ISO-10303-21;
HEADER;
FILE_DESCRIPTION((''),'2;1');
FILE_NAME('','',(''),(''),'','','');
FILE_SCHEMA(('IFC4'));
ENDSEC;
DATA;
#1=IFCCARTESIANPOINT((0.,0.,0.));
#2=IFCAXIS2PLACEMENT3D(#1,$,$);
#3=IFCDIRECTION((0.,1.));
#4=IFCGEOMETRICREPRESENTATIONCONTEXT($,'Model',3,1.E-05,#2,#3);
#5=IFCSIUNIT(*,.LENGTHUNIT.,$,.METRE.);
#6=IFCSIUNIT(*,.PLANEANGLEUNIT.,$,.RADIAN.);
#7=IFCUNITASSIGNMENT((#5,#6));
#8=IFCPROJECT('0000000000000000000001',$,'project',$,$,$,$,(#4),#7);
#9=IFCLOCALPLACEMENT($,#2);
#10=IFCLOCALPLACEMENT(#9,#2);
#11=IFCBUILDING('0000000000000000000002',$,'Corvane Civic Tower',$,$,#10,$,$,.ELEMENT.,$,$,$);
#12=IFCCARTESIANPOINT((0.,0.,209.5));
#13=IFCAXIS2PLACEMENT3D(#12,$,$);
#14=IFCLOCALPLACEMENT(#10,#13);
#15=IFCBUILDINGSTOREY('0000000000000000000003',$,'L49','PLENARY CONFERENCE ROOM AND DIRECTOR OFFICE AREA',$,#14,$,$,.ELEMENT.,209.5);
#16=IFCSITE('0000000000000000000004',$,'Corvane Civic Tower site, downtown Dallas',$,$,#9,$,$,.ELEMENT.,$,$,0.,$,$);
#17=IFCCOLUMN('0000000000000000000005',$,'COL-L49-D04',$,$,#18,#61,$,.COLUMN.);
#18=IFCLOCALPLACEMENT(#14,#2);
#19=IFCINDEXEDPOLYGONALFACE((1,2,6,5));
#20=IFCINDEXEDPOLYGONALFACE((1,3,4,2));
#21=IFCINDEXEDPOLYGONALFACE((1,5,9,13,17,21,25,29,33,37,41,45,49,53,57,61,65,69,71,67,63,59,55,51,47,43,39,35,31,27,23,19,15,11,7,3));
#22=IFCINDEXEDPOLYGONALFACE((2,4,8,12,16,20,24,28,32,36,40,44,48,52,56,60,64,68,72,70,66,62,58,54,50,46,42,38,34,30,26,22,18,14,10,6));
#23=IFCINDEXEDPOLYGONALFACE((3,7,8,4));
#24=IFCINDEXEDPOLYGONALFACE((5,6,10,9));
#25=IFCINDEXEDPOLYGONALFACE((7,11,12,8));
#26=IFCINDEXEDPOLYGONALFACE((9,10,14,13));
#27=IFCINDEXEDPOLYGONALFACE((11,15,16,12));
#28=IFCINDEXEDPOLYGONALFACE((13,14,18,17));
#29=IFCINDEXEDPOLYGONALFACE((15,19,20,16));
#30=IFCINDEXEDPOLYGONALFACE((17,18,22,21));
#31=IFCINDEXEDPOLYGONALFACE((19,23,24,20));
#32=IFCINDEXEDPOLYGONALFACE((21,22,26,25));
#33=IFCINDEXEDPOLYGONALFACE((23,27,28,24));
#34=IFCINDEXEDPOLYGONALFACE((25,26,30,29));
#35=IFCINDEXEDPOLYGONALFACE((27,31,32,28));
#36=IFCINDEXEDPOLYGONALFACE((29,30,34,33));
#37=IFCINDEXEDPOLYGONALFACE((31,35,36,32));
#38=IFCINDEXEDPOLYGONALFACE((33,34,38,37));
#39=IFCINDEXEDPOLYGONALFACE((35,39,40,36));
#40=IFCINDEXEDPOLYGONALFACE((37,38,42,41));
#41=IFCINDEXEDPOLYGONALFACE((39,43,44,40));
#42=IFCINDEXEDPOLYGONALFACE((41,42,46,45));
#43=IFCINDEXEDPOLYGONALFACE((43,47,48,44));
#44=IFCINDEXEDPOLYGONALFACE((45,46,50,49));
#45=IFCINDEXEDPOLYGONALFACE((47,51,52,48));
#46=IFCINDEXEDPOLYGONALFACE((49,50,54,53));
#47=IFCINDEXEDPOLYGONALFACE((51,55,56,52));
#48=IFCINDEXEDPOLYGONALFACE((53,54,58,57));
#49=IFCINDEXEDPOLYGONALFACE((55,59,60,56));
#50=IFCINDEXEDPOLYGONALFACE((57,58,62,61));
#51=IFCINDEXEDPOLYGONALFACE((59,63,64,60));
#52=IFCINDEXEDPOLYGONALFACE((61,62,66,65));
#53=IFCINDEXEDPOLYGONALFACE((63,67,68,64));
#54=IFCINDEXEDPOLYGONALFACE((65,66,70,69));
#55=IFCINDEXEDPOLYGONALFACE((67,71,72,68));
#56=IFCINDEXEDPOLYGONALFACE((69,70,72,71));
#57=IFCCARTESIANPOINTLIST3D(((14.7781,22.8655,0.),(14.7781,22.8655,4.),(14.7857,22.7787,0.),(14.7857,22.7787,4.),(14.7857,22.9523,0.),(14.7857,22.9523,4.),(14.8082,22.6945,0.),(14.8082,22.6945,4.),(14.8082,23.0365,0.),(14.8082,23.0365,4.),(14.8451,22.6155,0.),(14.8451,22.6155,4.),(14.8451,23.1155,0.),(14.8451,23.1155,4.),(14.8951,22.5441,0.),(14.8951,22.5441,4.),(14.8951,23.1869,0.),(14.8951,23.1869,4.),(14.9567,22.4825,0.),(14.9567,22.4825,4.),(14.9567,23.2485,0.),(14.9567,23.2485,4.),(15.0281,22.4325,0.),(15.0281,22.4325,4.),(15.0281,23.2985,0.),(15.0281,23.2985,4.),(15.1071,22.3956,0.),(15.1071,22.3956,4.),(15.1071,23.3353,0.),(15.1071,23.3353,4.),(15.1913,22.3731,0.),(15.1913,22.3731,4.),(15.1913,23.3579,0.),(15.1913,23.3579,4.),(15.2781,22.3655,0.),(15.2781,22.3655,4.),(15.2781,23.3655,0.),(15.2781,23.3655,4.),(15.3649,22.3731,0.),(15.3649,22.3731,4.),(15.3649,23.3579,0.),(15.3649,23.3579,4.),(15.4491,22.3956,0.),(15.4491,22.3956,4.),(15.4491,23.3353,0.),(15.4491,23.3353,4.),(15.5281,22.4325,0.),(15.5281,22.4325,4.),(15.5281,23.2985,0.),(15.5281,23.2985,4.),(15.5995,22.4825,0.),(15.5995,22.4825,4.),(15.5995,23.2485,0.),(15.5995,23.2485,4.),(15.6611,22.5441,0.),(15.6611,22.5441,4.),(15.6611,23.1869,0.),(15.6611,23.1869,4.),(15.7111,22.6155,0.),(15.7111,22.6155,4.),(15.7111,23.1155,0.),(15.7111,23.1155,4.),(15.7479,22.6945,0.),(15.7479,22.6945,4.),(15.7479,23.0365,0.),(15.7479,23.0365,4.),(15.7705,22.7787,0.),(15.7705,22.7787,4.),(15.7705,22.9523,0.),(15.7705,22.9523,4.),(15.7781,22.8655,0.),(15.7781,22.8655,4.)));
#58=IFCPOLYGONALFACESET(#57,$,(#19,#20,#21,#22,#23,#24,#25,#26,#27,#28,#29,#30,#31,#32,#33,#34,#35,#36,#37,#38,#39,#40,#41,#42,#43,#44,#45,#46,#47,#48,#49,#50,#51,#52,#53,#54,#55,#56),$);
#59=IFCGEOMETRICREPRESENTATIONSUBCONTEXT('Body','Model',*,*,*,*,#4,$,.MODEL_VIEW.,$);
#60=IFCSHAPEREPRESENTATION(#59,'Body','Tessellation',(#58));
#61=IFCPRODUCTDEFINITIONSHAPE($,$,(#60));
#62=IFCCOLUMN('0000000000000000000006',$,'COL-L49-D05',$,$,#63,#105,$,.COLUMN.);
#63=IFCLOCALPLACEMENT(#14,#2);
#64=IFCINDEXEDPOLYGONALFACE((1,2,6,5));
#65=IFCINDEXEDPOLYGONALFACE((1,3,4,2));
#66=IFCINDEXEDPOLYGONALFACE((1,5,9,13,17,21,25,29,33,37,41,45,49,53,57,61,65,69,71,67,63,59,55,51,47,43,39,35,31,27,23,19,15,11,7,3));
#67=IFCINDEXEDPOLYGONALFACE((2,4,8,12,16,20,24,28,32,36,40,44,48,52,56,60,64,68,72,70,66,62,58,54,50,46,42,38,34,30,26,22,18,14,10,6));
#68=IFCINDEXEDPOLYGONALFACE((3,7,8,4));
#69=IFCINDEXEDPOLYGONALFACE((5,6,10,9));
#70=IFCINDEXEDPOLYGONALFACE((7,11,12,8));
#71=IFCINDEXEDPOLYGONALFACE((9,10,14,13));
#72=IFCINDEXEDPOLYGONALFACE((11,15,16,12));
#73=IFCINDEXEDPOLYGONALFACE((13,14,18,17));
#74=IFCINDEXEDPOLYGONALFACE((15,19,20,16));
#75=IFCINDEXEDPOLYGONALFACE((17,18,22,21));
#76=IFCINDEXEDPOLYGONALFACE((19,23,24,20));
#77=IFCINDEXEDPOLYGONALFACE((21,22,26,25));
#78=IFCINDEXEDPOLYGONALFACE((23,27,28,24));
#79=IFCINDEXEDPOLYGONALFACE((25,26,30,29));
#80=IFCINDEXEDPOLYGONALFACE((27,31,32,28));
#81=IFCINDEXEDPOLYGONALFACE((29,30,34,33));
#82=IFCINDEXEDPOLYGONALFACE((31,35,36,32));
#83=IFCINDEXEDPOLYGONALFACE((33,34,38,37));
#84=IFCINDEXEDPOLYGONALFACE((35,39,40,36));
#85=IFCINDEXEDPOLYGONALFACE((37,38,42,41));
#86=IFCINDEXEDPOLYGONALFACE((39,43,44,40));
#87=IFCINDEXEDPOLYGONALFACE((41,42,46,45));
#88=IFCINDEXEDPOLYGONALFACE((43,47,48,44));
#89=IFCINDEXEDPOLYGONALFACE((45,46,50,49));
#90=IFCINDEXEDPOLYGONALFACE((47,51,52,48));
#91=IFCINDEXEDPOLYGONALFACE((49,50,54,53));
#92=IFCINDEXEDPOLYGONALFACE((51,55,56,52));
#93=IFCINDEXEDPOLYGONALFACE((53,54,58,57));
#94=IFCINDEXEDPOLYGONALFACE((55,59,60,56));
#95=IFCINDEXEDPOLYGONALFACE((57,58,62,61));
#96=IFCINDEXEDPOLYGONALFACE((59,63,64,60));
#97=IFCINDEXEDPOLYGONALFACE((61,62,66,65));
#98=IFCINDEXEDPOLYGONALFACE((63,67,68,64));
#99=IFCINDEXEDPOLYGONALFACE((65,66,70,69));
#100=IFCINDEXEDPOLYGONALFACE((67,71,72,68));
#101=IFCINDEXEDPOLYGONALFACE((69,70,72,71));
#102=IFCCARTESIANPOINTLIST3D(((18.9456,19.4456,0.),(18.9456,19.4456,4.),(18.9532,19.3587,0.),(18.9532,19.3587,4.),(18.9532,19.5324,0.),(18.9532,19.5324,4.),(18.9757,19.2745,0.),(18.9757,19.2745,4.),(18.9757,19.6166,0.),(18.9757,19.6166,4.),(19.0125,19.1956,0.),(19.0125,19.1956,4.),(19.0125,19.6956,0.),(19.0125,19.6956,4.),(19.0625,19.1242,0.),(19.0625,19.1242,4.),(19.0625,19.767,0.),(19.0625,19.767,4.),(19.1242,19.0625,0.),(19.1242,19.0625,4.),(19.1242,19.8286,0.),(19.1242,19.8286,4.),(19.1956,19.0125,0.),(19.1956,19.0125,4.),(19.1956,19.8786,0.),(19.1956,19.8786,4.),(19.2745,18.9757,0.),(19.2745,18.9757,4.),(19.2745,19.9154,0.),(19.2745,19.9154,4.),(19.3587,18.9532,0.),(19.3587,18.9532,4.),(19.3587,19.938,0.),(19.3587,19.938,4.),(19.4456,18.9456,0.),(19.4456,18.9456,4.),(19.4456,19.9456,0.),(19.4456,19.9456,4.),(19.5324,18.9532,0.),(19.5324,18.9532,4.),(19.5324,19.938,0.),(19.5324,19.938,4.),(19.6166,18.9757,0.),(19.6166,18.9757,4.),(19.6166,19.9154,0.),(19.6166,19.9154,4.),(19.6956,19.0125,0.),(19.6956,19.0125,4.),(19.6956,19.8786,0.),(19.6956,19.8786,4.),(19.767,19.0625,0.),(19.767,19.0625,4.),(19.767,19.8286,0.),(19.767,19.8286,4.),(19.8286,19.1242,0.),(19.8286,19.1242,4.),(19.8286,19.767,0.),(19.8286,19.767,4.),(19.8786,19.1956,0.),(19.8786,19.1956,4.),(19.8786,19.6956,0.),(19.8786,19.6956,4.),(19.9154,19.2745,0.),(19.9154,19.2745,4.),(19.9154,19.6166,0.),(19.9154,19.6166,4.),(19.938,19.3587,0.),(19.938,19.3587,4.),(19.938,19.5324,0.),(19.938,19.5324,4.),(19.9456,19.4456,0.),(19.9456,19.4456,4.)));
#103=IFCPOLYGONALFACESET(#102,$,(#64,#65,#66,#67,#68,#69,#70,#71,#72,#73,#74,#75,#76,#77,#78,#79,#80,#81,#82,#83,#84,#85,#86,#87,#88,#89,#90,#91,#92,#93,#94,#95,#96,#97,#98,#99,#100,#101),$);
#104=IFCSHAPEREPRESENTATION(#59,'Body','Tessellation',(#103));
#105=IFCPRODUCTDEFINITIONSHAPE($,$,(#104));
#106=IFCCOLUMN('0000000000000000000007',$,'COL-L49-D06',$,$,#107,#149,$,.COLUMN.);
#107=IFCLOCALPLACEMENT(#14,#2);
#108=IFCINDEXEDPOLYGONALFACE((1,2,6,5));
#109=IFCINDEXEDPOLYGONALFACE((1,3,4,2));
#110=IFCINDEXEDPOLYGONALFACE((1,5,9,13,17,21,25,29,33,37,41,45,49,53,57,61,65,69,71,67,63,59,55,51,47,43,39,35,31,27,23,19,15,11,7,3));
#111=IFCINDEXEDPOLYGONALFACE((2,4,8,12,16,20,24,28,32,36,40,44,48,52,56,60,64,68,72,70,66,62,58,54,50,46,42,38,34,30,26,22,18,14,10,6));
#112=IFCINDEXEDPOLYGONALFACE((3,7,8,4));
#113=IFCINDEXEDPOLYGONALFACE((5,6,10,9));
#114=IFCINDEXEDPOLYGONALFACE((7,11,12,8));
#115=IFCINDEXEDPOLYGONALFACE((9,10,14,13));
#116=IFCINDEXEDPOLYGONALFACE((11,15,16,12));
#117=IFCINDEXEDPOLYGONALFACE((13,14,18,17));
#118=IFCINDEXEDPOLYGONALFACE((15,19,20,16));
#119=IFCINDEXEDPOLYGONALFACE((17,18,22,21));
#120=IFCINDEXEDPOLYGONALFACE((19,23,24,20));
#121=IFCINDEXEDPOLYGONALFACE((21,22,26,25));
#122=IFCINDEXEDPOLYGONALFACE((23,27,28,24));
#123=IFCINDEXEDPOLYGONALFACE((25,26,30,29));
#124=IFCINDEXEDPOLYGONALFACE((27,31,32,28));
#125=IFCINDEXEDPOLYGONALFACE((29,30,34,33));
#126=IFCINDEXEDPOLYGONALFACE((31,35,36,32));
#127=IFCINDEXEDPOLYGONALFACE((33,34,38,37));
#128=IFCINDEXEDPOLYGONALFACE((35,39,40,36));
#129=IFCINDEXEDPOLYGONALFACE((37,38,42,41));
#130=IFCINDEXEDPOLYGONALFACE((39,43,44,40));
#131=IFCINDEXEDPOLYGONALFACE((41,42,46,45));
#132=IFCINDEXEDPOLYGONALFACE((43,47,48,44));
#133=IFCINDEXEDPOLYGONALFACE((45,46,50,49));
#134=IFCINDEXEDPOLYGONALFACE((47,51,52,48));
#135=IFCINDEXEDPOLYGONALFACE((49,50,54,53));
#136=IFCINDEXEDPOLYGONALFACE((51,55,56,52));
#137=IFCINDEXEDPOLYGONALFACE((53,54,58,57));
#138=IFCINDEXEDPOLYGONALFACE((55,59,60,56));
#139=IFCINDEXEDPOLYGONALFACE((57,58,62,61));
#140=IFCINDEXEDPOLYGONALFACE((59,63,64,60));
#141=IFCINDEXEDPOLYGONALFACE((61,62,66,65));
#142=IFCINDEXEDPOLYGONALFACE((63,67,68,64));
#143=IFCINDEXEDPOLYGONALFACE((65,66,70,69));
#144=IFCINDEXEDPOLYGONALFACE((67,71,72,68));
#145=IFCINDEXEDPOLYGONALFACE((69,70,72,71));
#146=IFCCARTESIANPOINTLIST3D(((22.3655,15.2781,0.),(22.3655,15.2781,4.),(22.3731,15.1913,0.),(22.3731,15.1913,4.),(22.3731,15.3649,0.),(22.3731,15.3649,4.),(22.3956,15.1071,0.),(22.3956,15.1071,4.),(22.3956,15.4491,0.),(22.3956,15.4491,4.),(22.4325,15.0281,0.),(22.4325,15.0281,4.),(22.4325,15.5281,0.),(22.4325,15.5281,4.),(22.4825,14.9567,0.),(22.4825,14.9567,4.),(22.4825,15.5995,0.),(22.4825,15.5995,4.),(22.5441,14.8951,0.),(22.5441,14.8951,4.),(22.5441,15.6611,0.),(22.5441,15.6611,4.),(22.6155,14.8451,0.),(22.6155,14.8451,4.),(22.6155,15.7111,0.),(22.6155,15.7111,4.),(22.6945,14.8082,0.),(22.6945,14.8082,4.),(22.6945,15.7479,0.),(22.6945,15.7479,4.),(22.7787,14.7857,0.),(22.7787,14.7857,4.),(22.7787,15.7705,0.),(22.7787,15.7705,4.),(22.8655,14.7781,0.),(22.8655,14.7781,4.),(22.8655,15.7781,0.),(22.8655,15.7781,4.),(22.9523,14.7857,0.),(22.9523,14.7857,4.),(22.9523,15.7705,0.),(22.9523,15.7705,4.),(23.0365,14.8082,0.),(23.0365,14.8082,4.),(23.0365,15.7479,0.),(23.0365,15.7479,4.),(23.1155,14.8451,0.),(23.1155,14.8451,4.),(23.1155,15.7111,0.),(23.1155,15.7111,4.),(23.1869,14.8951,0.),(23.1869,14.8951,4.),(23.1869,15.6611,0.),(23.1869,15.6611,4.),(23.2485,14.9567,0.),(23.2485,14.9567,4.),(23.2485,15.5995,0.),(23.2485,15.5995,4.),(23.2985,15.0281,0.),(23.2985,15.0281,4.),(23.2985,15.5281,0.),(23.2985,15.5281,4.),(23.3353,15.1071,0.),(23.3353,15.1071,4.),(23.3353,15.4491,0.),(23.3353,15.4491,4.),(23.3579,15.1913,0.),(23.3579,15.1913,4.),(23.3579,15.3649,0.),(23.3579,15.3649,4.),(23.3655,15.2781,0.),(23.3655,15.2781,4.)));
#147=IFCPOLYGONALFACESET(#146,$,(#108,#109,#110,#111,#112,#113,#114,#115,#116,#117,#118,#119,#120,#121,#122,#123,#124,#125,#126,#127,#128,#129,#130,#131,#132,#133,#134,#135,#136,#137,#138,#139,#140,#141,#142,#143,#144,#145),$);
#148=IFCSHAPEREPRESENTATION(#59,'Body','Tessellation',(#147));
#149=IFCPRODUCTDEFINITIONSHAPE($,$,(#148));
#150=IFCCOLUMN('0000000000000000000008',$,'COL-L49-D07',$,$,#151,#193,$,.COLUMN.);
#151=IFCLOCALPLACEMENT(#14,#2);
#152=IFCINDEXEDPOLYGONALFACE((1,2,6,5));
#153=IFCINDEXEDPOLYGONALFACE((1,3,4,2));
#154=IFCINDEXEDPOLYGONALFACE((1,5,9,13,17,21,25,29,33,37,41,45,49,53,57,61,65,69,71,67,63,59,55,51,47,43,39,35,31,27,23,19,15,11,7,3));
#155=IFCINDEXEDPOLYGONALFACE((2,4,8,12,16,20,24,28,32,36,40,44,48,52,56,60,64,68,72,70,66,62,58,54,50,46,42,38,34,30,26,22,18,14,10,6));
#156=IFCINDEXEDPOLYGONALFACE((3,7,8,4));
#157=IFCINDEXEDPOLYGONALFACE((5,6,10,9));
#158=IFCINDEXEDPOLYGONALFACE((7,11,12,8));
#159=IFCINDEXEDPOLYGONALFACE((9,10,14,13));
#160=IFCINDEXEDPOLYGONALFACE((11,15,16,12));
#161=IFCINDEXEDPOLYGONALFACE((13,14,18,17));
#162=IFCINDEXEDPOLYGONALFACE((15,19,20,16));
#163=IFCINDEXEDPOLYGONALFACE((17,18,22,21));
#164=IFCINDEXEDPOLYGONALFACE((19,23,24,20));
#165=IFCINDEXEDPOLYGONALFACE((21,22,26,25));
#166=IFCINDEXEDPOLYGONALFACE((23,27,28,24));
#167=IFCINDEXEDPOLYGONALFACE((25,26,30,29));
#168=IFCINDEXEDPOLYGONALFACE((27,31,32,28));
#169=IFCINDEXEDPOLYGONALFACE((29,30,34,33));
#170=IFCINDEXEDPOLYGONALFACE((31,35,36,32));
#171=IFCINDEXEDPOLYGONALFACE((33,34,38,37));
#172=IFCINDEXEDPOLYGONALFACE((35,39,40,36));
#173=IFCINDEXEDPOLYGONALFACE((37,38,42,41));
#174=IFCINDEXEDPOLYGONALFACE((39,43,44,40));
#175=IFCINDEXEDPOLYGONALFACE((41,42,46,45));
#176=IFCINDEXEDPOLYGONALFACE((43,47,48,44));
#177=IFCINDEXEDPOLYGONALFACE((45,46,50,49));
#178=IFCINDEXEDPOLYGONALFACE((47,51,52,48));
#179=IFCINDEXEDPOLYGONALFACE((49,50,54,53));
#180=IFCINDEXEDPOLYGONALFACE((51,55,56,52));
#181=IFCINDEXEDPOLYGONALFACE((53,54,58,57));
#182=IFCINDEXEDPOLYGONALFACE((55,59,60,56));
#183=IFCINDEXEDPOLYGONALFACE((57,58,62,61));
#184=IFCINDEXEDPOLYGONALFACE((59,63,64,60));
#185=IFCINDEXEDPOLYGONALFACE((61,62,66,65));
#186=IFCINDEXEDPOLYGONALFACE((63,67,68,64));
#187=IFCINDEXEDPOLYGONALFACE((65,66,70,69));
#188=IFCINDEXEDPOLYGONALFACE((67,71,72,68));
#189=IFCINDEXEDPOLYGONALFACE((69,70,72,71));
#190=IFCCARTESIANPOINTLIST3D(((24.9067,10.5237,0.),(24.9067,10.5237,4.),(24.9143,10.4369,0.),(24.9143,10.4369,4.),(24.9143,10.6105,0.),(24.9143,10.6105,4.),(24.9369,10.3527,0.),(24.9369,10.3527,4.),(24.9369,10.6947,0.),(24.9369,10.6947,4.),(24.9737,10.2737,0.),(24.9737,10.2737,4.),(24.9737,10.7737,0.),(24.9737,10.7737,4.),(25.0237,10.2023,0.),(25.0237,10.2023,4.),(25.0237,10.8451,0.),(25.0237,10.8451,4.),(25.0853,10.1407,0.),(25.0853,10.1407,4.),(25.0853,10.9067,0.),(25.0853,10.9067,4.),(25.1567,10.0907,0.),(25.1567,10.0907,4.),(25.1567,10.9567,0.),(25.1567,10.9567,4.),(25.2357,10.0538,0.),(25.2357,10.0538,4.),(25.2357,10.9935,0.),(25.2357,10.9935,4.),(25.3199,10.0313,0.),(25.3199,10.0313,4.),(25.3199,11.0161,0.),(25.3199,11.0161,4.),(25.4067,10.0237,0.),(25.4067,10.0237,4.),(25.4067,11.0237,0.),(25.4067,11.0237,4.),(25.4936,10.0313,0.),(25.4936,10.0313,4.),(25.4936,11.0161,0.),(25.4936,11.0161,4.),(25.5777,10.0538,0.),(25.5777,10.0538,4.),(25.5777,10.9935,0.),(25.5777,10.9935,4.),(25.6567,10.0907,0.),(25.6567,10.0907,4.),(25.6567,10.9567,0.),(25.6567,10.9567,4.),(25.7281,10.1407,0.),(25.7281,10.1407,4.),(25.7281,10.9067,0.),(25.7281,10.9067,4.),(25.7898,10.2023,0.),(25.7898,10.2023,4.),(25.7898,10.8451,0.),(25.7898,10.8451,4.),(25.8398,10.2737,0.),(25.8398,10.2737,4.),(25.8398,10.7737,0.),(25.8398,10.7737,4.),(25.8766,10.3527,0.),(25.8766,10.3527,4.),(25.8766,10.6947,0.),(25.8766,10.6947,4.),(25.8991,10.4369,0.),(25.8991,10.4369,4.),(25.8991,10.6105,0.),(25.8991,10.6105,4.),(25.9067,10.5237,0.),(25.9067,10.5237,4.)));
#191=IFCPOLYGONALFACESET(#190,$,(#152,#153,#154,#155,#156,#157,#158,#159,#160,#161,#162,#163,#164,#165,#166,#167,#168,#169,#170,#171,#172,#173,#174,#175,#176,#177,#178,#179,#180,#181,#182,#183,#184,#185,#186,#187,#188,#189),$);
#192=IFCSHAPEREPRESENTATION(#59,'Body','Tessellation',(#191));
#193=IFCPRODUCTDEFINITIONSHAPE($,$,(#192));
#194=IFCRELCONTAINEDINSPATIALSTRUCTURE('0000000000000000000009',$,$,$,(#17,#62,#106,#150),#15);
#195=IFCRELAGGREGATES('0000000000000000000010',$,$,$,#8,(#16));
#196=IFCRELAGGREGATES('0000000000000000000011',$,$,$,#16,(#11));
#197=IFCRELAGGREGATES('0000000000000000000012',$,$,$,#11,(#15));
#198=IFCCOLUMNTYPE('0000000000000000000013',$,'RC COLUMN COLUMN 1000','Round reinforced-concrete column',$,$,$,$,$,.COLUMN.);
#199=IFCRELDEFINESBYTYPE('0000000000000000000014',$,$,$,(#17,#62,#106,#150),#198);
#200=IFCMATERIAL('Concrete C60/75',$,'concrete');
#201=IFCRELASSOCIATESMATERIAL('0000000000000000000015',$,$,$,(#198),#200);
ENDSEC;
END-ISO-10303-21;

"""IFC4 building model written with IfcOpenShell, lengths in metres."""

from ifc_helpers import new_model, si_unit, direction, frame, origin, origin_2d, place, context, subcontext, project, spatial, circle, extrude, material, material_profile, profile_set, type_object, element, save


model = new_model("IFC4")

# Units and contexts
model_context = context("Model", 3, precision=1e-05, world=origin(), true_north=direction((0.0, 1.0)))
body_context = subcontext(model_context, "Body", "Model", "MODEL_VIEW")
ifc_project = project(units=[si_unit("LENGTHUNIT", "METRE"), si_unit("PLANEANGLEUNIT", "RADIAN")], contexts=[model_context])

# Site, building, storey
site_placement = place(None, origin())
site = spatial("IfcSite", under=ifc_project, at=site_placement, Name="Corvane Civic Tower site, downtown Dallas", CompositionType="ELEMENT", RefElevation=0.0)
building_placement = place(site_placement, origin())
building = spatial("IfcBuilding", under=site, at=building_placement, Name="Corvane Civic Tower", CompositionType="ELEMENT")
storey_placement = place(building_placement, frame((0.0, 0.0, 209.5)))
storey = spatial("IfcBuildingStorey", under=building, at=storey_placement, Name="L49", Description="PLENARY CONFERENCE ROOM AND DIRECTOR OFFICE AREA", CompositionType="ELEMENT", Elevation=209.5)

# Columns
ifc_material_1 = material(Name="Concrete C60/75", Category="concrete")
ifc_material_profile_1 = material_profile(ifc_material_1, circle(Radius=0.5, at=origin_2d()), Name="COLUMN 1000")
ifc_profile_set_1 = profile_set([ifc_material_profile_1], Name="Concrete C60/75")
column_type = type_object("IfcColumnType", Name="RC COLUMN COLUMN 1000", Description="Round reinforced-concrete column", PredefinedType="COLUMN", material=ifc_profile_set_1)
for number, where, z_axis, x_axis, name in (
    (1, (15.2781, 22.8655, 0.0), (0.0, 0.0, 1.0), (1.0, 0.0, 0.0), "COL-L49-D04"),
    (2, (19.4456, 19.4456, 0.0), (0.0, 0.0, 1.0), (1.0, 0.0, 0.0), "COL-L49-D05"),
    (3, (22.8655, 15.2781, 0.0), (0.0, 0.0, 1.0), (1.0, 0.0, 0.0), "COL-L49-D06"),
    (4, (25.4067, 10.5237, 0.0), (0.0, 0.0, 1.0), (1.0, 0.0, 0.0), "COL-L49-D07"),
):
    element("IfcColumn", number, at=place(storey_placement, frame(where, z_axis=z_axis, x_axis=x_axis)), inside=storey, type_object=column_type, Name=name, PredefinedType="COLUMN", context=body_context, shape_type="SweptSolid", body=[
        extrude(circle(Radius=0.5, at=origin_2d()), origin(), (0.0, 0.0, 1.0), 4.0),
    ])

save(model, "model.ifc")
